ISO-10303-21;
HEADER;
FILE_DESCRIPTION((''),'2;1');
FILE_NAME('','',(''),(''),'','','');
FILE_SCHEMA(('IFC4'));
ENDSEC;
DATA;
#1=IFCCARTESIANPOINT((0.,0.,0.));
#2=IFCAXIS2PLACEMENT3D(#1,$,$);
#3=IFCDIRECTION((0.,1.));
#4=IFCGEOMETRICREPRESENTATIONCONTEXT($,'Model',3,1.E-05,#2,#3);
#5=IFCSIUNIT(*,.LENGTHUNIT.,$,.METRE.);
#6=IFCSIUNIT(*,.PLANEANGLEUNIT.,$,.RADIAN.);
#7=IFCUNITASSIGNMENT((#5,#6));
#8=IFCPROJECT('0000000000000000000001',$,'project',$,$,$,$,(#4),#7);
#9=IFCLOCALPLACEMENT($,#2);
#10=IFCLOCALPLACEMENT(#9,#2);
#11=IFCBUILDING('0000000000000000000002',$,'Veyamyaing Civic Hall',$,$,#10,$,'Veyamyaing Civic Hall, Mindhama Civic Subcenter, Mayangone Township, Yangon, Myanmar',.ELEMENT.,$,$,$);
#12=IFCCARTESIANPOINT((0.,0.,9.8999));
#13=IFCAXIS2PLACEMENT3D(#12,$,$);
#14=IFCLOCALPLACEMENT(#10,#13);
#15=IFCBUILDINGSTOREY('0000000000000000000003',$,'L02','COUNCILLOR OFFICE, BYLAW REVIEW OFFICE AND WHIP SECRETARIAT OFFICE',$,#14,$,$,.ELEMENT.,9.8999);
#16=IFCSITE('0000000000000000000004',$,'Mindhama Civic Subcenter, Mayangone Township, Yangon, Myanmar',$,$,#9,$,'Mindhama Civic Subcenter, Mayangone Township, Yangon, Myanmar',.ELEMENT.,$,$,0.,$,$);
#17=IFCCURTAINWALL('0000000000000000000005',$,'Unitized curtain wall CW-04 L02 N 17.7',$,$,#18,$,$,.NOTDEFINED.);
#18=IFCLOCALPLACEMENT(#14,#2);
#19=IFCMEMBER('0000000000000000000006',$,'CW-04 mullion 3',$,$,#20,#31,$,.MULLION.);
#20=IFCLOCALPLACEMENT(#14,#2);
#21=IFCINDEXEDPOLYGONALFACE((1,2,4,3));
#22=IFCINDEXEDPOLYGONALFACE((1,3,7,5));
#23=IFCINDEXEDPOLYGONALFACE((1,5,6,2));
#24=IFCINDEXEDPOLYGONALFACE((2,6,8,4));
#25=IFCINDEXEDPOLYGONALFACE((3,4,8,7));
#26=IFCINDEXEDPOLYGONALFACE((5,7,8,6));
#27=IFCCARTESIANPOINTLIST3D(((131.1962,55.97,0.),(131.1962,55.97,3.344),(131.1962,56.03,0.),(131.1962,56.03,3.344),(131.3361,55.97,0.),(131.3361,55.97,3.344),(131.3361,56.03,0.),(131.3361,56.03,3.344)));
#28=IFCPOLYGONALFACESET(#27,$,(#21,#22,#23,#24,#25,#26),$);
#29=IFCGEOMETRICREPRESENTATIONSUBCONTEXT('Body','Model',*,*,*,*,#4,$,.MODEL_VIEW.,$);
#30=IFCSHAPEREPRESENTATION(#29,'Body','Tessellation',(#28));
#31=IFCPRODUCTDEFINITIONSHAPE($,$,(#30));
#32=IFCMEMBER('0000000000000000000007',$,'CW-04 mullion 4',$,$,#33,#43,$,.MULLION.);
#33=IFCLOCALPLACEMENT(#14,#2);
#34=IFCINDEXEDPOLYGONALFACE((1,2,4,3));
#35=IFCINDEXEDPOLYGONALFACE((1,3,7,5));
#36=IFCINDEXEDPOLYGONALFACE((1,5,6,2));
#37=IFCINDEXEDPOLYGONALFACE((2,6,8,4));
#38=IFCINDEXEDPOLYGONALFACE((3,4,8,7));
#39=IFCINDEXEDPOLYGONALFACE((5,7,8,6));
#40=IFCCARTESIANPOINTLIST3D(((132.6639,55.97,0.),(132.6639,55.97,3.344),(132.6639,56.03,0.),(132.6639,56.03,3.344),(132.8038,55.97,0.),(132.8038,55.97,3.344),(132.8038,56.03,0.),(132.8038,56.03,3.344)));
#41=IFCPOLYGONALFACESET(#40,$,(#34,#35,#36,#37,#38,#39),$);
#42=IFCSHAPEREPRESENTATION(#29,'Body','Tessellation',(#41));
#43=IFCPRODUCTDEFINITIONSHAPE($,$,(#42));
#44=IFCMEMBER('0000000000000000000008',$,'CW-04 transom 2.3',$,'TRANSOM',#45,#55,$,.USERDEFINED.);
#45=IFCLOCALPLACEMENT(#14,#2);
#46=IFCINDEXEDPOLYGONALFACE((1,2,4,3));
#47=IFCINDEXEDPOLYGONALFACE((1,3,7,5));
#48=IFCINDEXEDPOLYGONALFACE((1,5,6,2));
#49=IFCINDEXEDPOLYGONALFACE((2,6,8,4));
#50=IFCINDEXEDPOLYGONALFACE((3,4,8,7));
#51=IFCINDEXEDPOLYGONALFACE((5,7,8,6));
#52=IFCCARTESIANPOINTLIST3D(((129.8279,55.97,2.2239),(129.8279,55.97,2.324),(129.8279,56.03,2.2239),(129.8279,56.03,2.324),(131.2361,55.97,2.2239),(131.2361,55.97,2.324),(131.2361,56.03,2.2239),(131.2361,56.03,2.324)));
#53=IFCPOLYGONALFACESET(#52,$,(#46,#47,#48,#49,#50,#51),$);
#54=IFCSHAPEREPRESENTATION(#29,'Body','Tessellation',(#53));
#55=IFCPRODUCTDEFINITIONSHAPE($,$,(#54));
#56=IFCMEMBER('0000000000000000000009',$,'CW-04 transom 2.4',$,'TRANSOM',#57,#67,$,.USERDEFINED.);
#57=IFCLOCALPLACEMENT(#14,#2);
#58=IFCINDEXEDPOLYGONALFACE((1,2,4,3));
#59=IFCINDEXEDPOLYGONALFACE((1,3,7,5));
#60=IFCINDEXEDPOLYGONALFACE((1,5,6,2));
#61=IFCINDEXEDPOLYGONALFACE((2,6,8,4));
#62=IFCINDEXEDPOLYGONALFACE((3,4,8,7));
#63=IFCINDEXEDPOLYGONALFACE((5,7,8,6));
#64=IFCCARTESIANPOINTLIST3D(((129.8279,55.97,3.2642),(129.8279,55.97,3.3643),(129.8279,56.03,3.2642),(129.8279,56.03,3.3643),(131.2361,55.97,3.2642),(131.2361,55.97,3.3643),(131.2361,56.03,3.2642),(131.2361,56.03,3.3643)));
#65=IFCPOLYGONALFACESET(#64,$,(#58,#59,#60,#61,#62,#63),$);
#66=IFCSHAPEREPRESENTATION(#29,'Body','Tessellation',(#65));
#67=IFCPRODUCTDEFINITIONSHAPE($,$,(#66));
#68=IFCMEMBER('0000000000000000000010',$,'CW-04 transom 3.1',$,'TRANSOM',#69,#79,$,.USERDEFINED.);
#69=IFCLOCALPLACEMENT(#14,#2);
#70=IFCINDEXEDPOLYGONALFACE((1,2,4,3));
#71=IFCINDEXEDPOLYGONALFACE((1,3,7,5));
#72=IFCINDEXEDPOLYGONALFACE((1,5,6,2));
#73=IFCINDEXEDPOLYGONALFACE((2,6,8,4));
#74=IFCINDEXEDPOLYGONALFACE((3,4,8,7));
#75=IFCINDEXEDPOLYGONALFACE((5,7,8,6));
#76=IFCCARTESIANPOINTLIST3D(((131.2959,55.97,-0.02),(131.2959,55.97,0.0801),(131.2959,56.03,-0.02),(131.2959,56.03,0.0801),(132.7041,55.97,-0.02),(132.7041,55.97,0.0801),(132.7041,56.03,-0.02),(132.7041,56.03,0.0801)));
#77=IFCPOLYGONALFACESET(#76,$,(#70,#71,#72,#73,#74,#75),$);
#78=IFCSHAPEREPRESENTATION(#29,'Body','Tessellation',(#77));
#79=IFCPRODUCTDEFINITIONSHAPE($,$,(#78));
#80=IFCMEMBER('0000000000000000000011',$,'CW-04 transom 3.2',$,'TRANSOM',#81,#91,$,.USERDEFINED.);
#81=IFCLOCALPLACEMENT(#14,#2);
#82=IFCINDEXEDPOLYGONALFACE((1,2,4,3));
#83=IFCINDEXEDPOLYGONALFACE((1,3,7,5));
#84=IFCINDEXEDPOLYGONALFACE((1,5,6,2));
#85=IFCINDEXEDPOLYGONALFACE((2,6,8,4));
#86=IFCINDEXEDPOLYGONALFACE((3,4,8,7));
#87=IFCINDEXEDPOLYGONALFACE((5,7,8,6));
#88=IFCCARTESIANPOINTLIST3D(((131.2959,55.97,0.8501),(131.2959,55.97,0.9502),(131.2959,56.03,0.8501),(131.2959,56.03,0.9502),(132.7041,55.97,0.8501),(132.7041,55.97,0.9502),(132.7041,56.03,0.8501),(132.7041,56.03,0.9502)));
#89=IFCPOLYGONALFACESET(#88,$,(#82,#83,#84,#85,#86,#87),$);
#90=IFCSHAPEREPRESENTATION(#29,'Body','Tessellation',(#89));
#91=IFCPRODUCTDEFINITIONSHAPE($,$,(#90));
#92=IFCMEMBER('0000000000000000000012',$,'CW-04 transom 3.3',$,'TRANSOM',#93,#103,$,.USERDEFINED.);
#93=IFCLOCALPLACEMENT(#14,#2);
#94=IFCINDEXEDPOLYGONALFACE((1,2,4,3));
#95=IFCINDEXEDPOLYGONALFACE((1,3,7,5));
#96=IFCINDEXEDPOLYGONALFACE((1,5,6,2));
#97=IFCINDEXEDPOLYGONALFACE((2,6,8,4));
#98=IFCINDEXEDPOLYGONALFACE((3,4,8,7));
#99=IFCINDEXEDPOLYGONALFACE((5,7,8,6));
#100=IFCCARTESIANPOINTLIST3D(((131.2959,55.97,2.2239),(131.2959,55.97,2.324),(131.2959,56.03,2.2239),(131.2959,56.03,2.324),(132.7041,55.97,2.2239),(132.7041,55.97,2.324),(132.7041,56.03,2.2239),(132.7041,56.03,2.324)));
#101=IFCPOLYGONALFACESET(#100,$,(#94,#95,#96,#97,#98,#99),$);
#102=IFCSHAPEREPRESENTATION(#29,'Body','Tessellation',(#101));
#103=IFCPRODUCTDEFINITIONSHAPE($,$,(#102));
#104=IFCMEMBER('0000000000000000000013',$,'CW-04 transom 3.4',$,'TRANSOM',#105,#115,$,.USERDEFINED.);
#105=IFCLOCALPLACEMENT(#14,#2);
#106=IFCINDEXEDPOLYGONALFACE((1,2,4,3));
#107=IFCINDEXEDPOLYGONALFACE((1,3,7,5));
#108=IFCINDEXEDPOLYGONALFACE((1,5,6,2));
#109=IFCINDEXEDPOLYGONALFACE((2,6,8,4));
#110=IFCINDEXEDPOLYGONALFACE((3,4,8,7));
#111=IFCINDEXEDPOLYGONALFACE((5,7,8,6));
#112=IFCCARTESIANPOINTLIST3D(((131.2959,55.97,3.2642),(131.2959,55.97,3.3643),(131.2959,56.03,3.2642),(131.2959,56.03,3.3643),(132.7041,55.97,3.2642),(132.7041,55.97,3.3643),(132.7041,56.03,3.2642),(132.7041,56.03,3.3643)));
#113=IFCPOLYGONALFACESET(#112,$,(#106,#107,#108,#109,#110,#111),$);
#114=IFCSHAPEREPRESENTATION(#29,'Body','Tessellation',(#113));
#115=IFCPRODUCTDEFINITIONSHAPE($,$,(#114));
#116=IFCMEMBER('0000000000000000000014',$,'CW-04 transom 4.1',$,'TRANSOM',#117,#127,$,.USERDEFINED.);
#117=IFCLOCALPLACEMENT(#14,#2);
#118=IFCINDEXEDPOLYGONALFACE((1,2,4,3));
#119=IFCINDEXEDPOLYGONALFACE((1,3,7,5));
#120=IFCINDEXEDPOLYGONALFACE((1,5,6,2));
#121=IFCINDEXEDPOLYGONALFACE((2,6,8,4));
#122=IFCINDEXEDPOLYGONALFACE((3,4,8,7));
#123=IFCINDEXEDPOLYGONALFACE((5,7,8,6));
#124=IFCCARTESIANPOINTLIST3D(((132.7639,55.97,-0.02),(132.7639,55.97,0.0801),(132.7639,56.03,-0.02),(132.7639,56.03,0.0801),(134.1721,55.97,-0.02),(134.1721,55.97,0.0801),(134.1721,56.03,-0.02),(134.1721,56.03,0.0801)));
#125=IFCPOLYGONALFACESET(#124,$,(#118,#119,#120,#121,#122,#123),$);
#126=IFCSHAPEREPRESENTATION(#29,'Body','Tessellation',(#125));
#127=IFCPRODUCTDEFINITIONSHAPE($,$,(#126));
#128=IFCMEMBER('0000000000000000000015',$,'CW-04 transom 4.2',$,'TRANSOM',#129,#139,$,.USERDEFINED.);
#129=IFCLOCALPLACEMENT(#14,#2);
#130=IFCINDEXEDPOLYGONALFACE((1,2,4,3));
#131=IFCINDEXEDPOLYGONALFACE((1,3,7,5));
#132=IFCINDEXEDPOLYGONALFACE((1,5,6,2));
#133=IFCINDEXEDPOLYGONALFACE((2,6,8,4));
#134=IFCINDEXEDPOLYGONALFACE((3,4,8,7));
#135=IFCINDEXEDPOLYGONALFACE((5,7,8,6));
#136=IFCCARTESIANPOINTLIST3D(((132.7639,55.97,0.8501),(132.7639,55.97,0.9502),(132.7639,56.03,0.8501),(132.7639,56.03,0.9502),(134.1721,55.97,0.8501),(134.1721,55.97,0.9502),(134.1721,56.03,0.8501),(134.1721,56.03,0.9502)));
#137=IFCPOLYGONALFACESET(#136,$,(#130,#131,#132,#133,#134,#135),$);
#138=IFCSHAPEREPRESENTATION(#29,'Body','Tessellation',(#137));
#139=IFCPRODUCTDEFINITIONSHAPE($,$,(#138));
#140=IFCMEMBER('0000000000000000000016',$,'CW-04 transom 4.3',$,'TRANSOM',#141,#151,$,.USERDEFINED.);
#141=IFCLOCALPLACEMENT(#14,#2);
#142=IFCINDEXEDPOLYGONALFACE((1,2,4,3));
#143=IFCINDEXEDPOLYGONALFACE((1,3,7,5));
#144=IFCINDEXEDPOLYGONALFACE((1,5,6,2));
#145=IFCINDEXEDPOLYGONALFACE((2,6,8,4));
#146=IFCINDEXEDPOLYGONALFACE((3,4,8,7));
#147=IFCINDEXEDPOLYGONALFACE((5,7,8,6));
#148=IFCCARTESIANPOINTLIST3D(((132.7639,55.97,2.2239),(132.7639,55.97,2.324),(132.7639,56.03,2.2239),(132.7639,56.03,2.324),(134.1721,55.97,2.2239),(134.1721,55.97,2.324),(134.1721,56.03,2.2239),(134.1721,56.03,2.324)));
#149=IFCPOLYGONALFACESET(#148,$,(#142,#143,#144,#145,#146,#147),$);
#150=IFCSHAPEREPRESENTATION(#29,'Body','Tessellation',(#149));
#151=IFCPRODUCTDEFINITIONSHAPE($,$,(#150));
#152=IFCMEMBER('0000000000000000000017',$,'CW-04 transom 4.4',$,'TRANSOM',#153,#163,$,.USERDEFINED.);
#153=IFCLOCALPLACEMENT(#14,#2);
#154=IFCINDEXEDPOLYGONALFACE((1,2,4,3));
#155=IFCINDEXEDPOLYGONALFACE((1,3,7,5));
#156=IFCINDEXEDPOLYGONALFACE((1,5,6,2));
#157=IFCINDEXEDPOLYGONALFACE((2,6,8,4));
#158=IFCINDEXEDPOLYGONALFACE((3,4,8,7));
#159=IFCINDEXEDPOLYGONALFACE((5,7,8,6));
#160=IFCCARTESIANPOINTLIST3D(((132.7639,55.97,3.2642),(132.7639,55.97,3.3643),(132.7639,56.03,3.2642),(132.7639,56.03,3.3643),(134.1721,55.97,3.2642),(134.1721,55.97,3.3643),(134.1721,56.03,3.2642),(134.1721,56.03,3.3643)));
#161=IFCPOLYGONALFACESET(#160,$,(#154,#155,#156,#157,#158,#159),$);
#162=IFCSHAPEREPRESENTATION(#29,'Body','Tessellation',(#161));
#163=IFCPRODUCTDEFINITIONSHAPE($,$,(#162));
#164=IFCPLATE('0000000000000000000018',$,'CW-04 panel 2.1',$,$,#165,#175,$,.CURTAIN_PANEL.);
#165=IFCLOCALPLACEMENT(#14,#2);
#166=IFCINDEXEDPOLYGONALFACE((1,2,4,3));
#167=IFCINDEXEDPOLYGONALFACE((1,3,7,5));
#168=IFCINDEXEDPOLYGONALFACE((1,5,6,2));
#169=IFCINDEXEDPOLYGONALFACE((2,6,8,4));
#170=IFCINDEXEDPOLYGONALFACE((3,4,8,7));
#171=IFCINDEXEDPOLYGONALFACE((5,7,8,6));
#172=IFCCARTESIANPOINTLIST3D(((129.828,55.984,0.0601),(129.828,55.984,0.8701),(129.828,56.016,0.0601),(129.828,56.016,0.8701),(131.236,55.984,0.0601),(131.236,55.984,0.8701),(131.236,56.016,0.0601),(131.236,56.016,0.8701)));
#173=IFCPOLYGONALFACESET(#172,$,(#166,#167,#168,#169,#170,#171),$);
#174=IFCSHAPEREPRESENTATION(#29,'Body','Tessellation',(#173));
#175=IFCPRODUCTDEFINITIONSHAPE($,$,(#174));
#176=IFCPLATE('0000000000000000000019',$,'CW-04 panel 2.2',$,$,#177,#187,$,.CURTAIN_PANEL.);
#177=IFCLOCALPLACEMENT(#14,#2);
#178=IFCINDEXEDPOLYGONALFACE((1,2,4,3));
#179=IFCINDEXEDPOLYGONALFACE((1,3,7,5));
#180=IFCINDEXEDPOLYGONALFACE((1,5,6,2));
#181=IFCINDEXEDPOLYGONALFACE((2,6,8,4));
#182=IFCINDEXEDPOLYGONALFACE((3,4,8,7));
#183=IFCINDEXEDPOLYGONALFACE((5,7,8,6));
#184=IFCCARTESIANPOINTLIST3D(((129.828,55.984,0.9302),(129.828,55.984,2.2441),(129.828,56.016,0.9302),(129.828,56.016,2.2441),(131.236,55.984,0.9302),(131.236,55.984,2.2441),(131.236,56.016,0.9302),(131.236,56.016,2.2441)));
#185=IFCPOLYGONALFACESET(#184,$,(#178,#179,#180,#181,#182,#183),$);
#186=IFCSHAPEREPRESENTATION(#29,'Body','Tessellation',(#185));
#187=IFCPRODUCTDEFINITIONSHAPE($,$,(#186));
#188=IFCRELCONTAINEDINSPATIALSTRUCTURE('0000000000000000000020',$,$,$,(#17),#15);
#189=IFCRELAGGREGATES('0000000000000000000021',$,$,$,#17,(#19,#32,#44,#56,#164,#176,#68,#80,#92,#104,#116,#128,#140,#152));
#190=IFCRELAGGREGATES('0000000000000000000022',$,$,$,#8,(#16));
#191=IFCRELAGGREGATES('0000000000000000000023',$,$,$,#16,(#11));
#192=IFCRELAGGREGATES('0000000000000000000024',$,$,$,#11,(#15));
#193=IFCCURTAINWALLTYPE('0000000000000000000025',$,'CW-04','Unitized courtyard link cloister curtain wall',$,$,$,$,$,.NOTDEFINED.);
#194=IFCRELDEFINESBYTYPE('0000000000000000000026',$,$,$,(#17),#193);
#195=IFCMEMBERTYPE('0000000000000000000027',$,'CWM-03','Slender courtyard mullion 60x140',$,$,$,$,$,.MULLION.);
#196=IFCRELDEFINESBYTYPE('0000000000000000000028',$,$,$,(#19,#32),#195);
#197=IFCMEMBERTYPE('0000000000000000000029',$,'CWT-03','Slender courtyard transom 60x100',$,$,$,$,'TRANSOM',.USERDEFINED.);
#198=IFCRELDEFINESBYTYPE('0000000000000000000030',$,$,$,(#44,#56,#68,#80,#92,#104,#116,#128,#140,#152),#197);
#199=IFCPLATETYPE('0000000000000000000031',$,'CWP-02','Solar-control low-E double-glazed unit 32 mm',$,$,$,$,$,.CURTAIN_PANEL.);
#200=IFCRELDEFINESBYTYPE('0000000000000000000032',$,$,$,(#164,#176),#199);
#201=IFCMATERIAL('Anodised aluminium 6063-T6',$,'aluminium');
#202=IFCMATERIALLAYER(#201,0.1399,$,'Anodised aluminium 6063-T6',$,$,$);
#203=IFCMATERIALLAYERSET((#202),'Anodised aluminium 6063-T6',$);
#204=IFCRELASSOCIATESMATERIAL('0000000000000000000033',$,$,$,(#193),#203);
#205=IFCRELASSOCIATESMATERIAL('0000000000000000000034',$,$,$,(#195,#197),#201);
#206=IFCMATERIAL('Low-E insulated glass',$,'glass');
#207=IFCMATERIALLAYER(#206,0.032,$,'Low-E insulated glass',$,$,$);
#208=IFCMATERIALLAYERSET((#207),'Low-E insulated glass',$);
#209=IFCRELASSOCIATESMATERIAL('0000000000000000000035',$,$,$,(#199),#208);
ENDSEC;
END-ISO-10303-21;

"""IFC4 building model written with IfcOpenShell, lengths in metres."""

from ifc_helpers import new_model, si_unit, direction, frame, origin, origin_2d, place, context, subcontext, project, spatial, rectangle, extrude, material, layer, layer_set, material_profile, profile_set, type_object, element, aggregate, save


model = new_model("IFC4")

# Units and contexts
model_context = context("Model", 3, precision=1e-05, world=origin(), true_north=direction((0.0, 1.0)))
body_context = subcontext(model_context, "Body", "Model", "MODEL_VIEW")
ifc_project = project(units=[si_unit("LENGTHUNIT", "METRE"), si_unit("PLANEANGLEUNIT", "RADIAN")], contexts=[model_context])

# Site, building, storey
site_placement = place(None, origin())
site = spatial("IfcSite", under=ifc_project, at=site_placement, Name="Mindhama Civic Subcenter, Mayangone Township, Yangon, Myanmar", LongName="Mindhama Civic Subcenter, Mayangone Township, Yangon, Myanmar", CompositionType="ELEMENT", RefElevation=0.0)
building_placement = place(site_placement, origin())
building = spatial("IfcBuilding", under=site, at=building_placement, Name="Veyamyaing Civic Hall", LongName="Veyamyaing Civic Hall, Mindhama Civic Subcenter, Mayangone Township, Yangon, Myanmar", CompositionType="ELEMENT")
storey_placement = place(building_placement, frame((0.0, 0.0, 9.8999)))
storey = spatial("IfcBuildingStorey", under=building, at=storey_placement, Name="L02", Description="COUNCILLOR OFFICE, BYLAW REVIEW OFFICE AND WHIP SECRETARIAT OFFICE", CompositionType="ELEMENT", Elevation=9.8999)

# Curtain wall, members, plates
ifc_material_1 = material(Name="Anodised aluminium 6063-T6", Category="aluminium")
ifc_layer_1 = layer(ifc_material_1, 0.1399, Name="Anodised aluminium 6063-T6")
ifc_layer_set_1 = layer_set([ifc_layer_1], Name="Anodised aluminium 6063-T6")
curtain_wall_type = type_object("IfcCurtainWallType", Name="CW-04", Description="Unitized courtyard link cloister curtain wall", PredefinedType="NOTDEFINED", material=ifc_layer_set_1)
curtain_wall_placement = place(storey_placement, origin())
curtain_wall = element("IfcCurtainWall", 1, at=curtain_wall_placement, inside=storey, type_object=curtain_wall_type, Name="Unitized curtain wall CW-04 L02 N 17.7", PredefinedType="NOTDEFINED")
ifc_material_profile_1 = material_profile(ifc_material_1, rectangle(XDim=0.0601, YDim=0.1399, at=origin_2d()), Name="ALU-MUL-60X140")
ifc_profile_set_1 = profile_set([ifc_material_profile_1], Name="Anodised aluminium 6063-T6")
member_type_1 = type_object("IfcMemberType", Name="CWM-03", Description="Slender courtyard mullion 60x140", PredefinedType="MULLION", material=ifc_profile_set_1)
member_1_placement = place(storey_placement, frame((131.2661, 56.0, 0.0), z_axis=(0.0, 0.0, 1.0), x_axis=(0.0, 1.0, 0.0)))
member_1 = element("IfcMember", 2, at=member_1_placement, type_object=member_type_1, Name="CW-04 mullion 3", PredefinedType="MULLION", context=body_context, shape_type="SweptSolid", body=[
    extrude(rectangle(XDim=0.0601, YDim=0.1399, at=origin_2d()), origin(), (0.0, 0.0, 1.0), 3.344),
])
member_2_placement = place(storey_placement, frame((132.7339, 56.0, 0.0), z_axis=(0.0, 0.0, 1.0), x_axis=(0.0, 1.0, 0.0)))
member_2 = element("IfcMember", 3, at=member_2_placement, type_object=member_type_1, Name="CW-04 mullion 4", PredefinedType="MULLION", context=body_context, shape_type="SweptSolid", body=[
    extrude(rectangle(XDim=0.0601, YDim=0.1399, at=origin_2d()), origin(), (0.0, 0.0, 1.0), 3.344),
])
ifc_material_profile_2 = material_profile(ifc_material_1, rectangle(XDim=0.0601, YDim=0.1001, at=origin_2d()), Name="ALU-TRN-60X100")
ifc_profile_set_2 = profile_set([ifc_material_profile_2], Name="Anodised aluminium 6063-T6")
member_type_2 = type_object("IfcMemberType", Name="CWT-03", Description="Slender courtyard transom 60x100", ElementType="TRANSOM", PredefinedType="USERDEFINED", material=ifc_profile_set_2)
member_3_placement = place(storey_placement, frame((129.8279, 56.0, 2.2739), z_axis=(1.0, 0.0, 0.0), x_axis=(0.0, 1.0, 0.0)))
member_3 = element("IfcMember", 4, at=member_3_placement, type_object=member_type_2, Name="CW-04 transom 2.3", ObjectType="TRANSOM", PredefinedType="USERDEFINED", context=body_context, shape_type="SweptSolid", body=[
    extrude(rectangle(XDim=0.0601, YDim=0.1001, at=origin_2d()), origin(), (0.0, 0.0, 1.0), 1.4082),
])
member_4_placement = place(storey_placement, frame((129.8279, 56.0, 3.3142), z_axis=(1.0, 0.0, 0.0), x_axis=(0.0, 1.0, 0.0)))
member_4 = element("IfcMember", 5, at=member_4_placement, type_object=member_type_2, Name="CW-04 transom 2.4", ObjectType="TRANSOM", PredefinedType="USERDEFINED", context=body_context, shape_type="SweptSolid", body=[
    extrude(rectangle(XDim=0.0601, YDim=0.1001, at=origin_2d()), origin(), (0.0, 0.0, 1.0), 1.4082),
])
member_5_placement = place(storey_placement, frame((131.2959, 56.0, 0.03), z_axis=(1.0, 0.0, 0.0), x_axis=(0.0, 1.0, 0.0)))
member_5 = element("IfcMember", 6, at=member_5_placement, type_object=member_type_2, Name="CW-04 transom 3.1", ObjectType="TRANSOM", PredefinedType="USERDEFINED", context=body_context, shape_type="SweptSolid", body=[
    extrude(rectangle(XDim=0.0601, YDim=0.1001, at=origin_2d()), origin(), (0.0, 0.0, 1.0), 1.4082),
])
member_6_placement = place(storey_placement, frame((131.2959, 56.0, 0.9001), z_axis=(1.0, 0.0, 0.0), x_axis=(0.0, 1.0, 0.0)))
member_6 = element("IfcMember", 7, at=member_6_placement, type_object=member_type_2, Name="CW-04 transom 3.2", ObjectType="TRANSOM", PredefinedType="USERDEFINED", context=body_context, shape_type="SweptSolid", body=[
    extrude(rectangle(XDim=0.0601, YDim=0.1001, at=origin_2d()), origin(), (0.0, 0.0, 1.0), 1.4082),
])
member_7_placement = place(storey_placement, frame((131.2959, 56.0, 2.2739), z_axis=(1.0, 0.0, 0.0), x_axis=(0.0, 1.0, 0.0)))
member_7 = element("IfcMember", 8, at=member_7_placement, type_object=member_type_2, Name="CW-04 transom 3.3", ObjectType="TRANSOM", PredefinedType="USERDEFINED", context=body_context, shape_type="SweptSolid", body=[
    extrude(rectangle(XDim=0.0601, YDim=0.1001, at=origin_2d()), origin(), (0.0, 0.0, 1.0), 1.4082),
])
member_8_placement = place(storey_placement, frame((131.2959, 56.0, 3.3142), z_axis=(1.0, 0.0, 0.0), x_axis=(0.0, 1.0, 0.0)))
member_8 = element("IfcMember", 9, at=member_8_placement, type_object=member_type_2, Name="CW-04 transom 3.4", ObjectType="TRANSOM", PredefinedType="USERDEFINED", context=body_context, shape_type="SweptSolid", body=[
    extrude(rectangle(XDim=0.0601, YDim=0.1001, at=origin_2d()), origin(), (0.0, 0.0, 1.0), 1.4082),
])
member_9_placement = place(storey_placement, frame((132.7639, 56.0, 0.03), z_axis=(1.0, 0.0, 0.0), x_axis=(0.0, 1.0, 0.0)))
member_9 = element("IfcMember", 10, at=member_9_placement, type_object=member_type_2, Name="CW-04 transom 4.1", ObjectType="TRANSOM", PredefinedType="USERDEFINED", context=body_context, shape_type="SweptSolid", body=[
    extrude(rectangle(XDim=0.0601, YDim=0.1001, at=origin_2d()), origin(), (0.0, 0.0, 1.0), 1.4082),
])
member_10_placement = place(storey_placement, frame((132.7639, 56.0, 0.9001), z_axis=(1.0, 0.0, 0.0), x_axis=(0.0, 1.0, 0.0)))
member_10 = element("IfcMember", 11, at=member_10_placement, type_object=member_type_2, Name="CW-04 transom 4.2", ObjectType="TRANSOM", PredefinedType="USERDEFINED", context=body_context, shape_type="SweptSolid", body=[
    extrude(rectangle(XDim=0.0601, YDim=0.1001, at=origin_2d()), origin(), (0.0, 0.0, 1.0), 1.4082),
])
member_11_placement = place(storey_placement, frame((132.7639, 56.0, 2.2739), z_axis=(1.0, 0.0, 0.0), x_axis=(0.0, 1.0, 0.0)))
member_11 = element("IfcMember", 12, at=member_11_placement, type_object=member_type_2, Name="CW-04 transom 4.3", ObjectType="TRANSOM", PredefinedType="USERDEFINED", context=body_context, shape_type="SweptSolid", body=[
    extrude(rectangle(XDim=0.0601, YDim=0.1001, at=origin_2d()), origin(), (0.0, 0.0, 1.0), 1.4082),
])
member_12_placement = place(storey_placement, frame((132.7639, 56.0, 3.3142), z_axis=(1.0, 0.0, 0.0), x_axis=(0.0, 1.0, 0.0)))
member_12 = element("IfcMember", 13, at=member_12_placement, type_object=member_type_2, Name="CW-04 transom 4.4", ObjectType="TRANSOM", PredefinedType="USERDEFINED", context=body_context, shape_type="SweptSolid", body=[
    extrude(rectangle(XDim=0.0601, YDim=0.1001, at=origin_2d()), origin(), (0.0, 0.0, 1.0), 1.4082),
])
ifc_material_2 = material(Name="Low-E insulated glass", Category="glass")
ifc_layer_2 = layer(ifc_material_2, 0.032, Name="Low-E insulated glass")
ifc_layer_set_2 = layer_set([ifc_layer_2], Name="Low-E insulated glass")
plate_type = type_object("IfcPlateType", Name="CWP-02", Description="Solar-control low-E double-glazed unit 32 mm", PredefinedType="CURTAIN_PANEL", material=ifc_layer_set_2)
plate_1_placement = place(storey_placement, frame((130.532, 56.0, 0.0601), z_axis=(0.0, 0.0, 1.0), x_axis=(1.0, 0.0, 0.0)))
plate_1 = element("IfcPlate", 14, at=plate_1_placement, type_object=plate_type, Name="CW-04 panel 2.1", PredefinedType="CURTAIN_PANEL", context=body_context, shape_type="SweptSolid", body=[
    extrude(rectangle(XDim=1.408, YDim=0.032, at=origin_2d()), origin(), (0.0, 0.0, 1.0), 0.8101),
])
plate_2_placement = place(storey_placement, frame((130.532, 56.0, 0.9302), z_axis=(0.0, 0.0, 1.0), x_axis=(1.0, 0.0, 0.0)))
plate_2 = element("IfcPlate", 15, at=plate_2_placement, type_object=plate_type, Name="CW-04 panel 2.2", PredefinedType="CURTAIN_PANEL", context=body_context, shape_type="SweptSolid", body=[
    extrude(rectangle(XDim=1.408, YDim=0.032, at=origin_2d()), origin(), (0.0, 0.0, 1.0), 1.314),
])
aggregate(curtain_wall, [member_1, member_2, member_3, member_4, plate_1, plate_2, member_5, member_6, member_7, member_8, member_9, member_10, member_11, member_12])

save(model, "model.ifc")
